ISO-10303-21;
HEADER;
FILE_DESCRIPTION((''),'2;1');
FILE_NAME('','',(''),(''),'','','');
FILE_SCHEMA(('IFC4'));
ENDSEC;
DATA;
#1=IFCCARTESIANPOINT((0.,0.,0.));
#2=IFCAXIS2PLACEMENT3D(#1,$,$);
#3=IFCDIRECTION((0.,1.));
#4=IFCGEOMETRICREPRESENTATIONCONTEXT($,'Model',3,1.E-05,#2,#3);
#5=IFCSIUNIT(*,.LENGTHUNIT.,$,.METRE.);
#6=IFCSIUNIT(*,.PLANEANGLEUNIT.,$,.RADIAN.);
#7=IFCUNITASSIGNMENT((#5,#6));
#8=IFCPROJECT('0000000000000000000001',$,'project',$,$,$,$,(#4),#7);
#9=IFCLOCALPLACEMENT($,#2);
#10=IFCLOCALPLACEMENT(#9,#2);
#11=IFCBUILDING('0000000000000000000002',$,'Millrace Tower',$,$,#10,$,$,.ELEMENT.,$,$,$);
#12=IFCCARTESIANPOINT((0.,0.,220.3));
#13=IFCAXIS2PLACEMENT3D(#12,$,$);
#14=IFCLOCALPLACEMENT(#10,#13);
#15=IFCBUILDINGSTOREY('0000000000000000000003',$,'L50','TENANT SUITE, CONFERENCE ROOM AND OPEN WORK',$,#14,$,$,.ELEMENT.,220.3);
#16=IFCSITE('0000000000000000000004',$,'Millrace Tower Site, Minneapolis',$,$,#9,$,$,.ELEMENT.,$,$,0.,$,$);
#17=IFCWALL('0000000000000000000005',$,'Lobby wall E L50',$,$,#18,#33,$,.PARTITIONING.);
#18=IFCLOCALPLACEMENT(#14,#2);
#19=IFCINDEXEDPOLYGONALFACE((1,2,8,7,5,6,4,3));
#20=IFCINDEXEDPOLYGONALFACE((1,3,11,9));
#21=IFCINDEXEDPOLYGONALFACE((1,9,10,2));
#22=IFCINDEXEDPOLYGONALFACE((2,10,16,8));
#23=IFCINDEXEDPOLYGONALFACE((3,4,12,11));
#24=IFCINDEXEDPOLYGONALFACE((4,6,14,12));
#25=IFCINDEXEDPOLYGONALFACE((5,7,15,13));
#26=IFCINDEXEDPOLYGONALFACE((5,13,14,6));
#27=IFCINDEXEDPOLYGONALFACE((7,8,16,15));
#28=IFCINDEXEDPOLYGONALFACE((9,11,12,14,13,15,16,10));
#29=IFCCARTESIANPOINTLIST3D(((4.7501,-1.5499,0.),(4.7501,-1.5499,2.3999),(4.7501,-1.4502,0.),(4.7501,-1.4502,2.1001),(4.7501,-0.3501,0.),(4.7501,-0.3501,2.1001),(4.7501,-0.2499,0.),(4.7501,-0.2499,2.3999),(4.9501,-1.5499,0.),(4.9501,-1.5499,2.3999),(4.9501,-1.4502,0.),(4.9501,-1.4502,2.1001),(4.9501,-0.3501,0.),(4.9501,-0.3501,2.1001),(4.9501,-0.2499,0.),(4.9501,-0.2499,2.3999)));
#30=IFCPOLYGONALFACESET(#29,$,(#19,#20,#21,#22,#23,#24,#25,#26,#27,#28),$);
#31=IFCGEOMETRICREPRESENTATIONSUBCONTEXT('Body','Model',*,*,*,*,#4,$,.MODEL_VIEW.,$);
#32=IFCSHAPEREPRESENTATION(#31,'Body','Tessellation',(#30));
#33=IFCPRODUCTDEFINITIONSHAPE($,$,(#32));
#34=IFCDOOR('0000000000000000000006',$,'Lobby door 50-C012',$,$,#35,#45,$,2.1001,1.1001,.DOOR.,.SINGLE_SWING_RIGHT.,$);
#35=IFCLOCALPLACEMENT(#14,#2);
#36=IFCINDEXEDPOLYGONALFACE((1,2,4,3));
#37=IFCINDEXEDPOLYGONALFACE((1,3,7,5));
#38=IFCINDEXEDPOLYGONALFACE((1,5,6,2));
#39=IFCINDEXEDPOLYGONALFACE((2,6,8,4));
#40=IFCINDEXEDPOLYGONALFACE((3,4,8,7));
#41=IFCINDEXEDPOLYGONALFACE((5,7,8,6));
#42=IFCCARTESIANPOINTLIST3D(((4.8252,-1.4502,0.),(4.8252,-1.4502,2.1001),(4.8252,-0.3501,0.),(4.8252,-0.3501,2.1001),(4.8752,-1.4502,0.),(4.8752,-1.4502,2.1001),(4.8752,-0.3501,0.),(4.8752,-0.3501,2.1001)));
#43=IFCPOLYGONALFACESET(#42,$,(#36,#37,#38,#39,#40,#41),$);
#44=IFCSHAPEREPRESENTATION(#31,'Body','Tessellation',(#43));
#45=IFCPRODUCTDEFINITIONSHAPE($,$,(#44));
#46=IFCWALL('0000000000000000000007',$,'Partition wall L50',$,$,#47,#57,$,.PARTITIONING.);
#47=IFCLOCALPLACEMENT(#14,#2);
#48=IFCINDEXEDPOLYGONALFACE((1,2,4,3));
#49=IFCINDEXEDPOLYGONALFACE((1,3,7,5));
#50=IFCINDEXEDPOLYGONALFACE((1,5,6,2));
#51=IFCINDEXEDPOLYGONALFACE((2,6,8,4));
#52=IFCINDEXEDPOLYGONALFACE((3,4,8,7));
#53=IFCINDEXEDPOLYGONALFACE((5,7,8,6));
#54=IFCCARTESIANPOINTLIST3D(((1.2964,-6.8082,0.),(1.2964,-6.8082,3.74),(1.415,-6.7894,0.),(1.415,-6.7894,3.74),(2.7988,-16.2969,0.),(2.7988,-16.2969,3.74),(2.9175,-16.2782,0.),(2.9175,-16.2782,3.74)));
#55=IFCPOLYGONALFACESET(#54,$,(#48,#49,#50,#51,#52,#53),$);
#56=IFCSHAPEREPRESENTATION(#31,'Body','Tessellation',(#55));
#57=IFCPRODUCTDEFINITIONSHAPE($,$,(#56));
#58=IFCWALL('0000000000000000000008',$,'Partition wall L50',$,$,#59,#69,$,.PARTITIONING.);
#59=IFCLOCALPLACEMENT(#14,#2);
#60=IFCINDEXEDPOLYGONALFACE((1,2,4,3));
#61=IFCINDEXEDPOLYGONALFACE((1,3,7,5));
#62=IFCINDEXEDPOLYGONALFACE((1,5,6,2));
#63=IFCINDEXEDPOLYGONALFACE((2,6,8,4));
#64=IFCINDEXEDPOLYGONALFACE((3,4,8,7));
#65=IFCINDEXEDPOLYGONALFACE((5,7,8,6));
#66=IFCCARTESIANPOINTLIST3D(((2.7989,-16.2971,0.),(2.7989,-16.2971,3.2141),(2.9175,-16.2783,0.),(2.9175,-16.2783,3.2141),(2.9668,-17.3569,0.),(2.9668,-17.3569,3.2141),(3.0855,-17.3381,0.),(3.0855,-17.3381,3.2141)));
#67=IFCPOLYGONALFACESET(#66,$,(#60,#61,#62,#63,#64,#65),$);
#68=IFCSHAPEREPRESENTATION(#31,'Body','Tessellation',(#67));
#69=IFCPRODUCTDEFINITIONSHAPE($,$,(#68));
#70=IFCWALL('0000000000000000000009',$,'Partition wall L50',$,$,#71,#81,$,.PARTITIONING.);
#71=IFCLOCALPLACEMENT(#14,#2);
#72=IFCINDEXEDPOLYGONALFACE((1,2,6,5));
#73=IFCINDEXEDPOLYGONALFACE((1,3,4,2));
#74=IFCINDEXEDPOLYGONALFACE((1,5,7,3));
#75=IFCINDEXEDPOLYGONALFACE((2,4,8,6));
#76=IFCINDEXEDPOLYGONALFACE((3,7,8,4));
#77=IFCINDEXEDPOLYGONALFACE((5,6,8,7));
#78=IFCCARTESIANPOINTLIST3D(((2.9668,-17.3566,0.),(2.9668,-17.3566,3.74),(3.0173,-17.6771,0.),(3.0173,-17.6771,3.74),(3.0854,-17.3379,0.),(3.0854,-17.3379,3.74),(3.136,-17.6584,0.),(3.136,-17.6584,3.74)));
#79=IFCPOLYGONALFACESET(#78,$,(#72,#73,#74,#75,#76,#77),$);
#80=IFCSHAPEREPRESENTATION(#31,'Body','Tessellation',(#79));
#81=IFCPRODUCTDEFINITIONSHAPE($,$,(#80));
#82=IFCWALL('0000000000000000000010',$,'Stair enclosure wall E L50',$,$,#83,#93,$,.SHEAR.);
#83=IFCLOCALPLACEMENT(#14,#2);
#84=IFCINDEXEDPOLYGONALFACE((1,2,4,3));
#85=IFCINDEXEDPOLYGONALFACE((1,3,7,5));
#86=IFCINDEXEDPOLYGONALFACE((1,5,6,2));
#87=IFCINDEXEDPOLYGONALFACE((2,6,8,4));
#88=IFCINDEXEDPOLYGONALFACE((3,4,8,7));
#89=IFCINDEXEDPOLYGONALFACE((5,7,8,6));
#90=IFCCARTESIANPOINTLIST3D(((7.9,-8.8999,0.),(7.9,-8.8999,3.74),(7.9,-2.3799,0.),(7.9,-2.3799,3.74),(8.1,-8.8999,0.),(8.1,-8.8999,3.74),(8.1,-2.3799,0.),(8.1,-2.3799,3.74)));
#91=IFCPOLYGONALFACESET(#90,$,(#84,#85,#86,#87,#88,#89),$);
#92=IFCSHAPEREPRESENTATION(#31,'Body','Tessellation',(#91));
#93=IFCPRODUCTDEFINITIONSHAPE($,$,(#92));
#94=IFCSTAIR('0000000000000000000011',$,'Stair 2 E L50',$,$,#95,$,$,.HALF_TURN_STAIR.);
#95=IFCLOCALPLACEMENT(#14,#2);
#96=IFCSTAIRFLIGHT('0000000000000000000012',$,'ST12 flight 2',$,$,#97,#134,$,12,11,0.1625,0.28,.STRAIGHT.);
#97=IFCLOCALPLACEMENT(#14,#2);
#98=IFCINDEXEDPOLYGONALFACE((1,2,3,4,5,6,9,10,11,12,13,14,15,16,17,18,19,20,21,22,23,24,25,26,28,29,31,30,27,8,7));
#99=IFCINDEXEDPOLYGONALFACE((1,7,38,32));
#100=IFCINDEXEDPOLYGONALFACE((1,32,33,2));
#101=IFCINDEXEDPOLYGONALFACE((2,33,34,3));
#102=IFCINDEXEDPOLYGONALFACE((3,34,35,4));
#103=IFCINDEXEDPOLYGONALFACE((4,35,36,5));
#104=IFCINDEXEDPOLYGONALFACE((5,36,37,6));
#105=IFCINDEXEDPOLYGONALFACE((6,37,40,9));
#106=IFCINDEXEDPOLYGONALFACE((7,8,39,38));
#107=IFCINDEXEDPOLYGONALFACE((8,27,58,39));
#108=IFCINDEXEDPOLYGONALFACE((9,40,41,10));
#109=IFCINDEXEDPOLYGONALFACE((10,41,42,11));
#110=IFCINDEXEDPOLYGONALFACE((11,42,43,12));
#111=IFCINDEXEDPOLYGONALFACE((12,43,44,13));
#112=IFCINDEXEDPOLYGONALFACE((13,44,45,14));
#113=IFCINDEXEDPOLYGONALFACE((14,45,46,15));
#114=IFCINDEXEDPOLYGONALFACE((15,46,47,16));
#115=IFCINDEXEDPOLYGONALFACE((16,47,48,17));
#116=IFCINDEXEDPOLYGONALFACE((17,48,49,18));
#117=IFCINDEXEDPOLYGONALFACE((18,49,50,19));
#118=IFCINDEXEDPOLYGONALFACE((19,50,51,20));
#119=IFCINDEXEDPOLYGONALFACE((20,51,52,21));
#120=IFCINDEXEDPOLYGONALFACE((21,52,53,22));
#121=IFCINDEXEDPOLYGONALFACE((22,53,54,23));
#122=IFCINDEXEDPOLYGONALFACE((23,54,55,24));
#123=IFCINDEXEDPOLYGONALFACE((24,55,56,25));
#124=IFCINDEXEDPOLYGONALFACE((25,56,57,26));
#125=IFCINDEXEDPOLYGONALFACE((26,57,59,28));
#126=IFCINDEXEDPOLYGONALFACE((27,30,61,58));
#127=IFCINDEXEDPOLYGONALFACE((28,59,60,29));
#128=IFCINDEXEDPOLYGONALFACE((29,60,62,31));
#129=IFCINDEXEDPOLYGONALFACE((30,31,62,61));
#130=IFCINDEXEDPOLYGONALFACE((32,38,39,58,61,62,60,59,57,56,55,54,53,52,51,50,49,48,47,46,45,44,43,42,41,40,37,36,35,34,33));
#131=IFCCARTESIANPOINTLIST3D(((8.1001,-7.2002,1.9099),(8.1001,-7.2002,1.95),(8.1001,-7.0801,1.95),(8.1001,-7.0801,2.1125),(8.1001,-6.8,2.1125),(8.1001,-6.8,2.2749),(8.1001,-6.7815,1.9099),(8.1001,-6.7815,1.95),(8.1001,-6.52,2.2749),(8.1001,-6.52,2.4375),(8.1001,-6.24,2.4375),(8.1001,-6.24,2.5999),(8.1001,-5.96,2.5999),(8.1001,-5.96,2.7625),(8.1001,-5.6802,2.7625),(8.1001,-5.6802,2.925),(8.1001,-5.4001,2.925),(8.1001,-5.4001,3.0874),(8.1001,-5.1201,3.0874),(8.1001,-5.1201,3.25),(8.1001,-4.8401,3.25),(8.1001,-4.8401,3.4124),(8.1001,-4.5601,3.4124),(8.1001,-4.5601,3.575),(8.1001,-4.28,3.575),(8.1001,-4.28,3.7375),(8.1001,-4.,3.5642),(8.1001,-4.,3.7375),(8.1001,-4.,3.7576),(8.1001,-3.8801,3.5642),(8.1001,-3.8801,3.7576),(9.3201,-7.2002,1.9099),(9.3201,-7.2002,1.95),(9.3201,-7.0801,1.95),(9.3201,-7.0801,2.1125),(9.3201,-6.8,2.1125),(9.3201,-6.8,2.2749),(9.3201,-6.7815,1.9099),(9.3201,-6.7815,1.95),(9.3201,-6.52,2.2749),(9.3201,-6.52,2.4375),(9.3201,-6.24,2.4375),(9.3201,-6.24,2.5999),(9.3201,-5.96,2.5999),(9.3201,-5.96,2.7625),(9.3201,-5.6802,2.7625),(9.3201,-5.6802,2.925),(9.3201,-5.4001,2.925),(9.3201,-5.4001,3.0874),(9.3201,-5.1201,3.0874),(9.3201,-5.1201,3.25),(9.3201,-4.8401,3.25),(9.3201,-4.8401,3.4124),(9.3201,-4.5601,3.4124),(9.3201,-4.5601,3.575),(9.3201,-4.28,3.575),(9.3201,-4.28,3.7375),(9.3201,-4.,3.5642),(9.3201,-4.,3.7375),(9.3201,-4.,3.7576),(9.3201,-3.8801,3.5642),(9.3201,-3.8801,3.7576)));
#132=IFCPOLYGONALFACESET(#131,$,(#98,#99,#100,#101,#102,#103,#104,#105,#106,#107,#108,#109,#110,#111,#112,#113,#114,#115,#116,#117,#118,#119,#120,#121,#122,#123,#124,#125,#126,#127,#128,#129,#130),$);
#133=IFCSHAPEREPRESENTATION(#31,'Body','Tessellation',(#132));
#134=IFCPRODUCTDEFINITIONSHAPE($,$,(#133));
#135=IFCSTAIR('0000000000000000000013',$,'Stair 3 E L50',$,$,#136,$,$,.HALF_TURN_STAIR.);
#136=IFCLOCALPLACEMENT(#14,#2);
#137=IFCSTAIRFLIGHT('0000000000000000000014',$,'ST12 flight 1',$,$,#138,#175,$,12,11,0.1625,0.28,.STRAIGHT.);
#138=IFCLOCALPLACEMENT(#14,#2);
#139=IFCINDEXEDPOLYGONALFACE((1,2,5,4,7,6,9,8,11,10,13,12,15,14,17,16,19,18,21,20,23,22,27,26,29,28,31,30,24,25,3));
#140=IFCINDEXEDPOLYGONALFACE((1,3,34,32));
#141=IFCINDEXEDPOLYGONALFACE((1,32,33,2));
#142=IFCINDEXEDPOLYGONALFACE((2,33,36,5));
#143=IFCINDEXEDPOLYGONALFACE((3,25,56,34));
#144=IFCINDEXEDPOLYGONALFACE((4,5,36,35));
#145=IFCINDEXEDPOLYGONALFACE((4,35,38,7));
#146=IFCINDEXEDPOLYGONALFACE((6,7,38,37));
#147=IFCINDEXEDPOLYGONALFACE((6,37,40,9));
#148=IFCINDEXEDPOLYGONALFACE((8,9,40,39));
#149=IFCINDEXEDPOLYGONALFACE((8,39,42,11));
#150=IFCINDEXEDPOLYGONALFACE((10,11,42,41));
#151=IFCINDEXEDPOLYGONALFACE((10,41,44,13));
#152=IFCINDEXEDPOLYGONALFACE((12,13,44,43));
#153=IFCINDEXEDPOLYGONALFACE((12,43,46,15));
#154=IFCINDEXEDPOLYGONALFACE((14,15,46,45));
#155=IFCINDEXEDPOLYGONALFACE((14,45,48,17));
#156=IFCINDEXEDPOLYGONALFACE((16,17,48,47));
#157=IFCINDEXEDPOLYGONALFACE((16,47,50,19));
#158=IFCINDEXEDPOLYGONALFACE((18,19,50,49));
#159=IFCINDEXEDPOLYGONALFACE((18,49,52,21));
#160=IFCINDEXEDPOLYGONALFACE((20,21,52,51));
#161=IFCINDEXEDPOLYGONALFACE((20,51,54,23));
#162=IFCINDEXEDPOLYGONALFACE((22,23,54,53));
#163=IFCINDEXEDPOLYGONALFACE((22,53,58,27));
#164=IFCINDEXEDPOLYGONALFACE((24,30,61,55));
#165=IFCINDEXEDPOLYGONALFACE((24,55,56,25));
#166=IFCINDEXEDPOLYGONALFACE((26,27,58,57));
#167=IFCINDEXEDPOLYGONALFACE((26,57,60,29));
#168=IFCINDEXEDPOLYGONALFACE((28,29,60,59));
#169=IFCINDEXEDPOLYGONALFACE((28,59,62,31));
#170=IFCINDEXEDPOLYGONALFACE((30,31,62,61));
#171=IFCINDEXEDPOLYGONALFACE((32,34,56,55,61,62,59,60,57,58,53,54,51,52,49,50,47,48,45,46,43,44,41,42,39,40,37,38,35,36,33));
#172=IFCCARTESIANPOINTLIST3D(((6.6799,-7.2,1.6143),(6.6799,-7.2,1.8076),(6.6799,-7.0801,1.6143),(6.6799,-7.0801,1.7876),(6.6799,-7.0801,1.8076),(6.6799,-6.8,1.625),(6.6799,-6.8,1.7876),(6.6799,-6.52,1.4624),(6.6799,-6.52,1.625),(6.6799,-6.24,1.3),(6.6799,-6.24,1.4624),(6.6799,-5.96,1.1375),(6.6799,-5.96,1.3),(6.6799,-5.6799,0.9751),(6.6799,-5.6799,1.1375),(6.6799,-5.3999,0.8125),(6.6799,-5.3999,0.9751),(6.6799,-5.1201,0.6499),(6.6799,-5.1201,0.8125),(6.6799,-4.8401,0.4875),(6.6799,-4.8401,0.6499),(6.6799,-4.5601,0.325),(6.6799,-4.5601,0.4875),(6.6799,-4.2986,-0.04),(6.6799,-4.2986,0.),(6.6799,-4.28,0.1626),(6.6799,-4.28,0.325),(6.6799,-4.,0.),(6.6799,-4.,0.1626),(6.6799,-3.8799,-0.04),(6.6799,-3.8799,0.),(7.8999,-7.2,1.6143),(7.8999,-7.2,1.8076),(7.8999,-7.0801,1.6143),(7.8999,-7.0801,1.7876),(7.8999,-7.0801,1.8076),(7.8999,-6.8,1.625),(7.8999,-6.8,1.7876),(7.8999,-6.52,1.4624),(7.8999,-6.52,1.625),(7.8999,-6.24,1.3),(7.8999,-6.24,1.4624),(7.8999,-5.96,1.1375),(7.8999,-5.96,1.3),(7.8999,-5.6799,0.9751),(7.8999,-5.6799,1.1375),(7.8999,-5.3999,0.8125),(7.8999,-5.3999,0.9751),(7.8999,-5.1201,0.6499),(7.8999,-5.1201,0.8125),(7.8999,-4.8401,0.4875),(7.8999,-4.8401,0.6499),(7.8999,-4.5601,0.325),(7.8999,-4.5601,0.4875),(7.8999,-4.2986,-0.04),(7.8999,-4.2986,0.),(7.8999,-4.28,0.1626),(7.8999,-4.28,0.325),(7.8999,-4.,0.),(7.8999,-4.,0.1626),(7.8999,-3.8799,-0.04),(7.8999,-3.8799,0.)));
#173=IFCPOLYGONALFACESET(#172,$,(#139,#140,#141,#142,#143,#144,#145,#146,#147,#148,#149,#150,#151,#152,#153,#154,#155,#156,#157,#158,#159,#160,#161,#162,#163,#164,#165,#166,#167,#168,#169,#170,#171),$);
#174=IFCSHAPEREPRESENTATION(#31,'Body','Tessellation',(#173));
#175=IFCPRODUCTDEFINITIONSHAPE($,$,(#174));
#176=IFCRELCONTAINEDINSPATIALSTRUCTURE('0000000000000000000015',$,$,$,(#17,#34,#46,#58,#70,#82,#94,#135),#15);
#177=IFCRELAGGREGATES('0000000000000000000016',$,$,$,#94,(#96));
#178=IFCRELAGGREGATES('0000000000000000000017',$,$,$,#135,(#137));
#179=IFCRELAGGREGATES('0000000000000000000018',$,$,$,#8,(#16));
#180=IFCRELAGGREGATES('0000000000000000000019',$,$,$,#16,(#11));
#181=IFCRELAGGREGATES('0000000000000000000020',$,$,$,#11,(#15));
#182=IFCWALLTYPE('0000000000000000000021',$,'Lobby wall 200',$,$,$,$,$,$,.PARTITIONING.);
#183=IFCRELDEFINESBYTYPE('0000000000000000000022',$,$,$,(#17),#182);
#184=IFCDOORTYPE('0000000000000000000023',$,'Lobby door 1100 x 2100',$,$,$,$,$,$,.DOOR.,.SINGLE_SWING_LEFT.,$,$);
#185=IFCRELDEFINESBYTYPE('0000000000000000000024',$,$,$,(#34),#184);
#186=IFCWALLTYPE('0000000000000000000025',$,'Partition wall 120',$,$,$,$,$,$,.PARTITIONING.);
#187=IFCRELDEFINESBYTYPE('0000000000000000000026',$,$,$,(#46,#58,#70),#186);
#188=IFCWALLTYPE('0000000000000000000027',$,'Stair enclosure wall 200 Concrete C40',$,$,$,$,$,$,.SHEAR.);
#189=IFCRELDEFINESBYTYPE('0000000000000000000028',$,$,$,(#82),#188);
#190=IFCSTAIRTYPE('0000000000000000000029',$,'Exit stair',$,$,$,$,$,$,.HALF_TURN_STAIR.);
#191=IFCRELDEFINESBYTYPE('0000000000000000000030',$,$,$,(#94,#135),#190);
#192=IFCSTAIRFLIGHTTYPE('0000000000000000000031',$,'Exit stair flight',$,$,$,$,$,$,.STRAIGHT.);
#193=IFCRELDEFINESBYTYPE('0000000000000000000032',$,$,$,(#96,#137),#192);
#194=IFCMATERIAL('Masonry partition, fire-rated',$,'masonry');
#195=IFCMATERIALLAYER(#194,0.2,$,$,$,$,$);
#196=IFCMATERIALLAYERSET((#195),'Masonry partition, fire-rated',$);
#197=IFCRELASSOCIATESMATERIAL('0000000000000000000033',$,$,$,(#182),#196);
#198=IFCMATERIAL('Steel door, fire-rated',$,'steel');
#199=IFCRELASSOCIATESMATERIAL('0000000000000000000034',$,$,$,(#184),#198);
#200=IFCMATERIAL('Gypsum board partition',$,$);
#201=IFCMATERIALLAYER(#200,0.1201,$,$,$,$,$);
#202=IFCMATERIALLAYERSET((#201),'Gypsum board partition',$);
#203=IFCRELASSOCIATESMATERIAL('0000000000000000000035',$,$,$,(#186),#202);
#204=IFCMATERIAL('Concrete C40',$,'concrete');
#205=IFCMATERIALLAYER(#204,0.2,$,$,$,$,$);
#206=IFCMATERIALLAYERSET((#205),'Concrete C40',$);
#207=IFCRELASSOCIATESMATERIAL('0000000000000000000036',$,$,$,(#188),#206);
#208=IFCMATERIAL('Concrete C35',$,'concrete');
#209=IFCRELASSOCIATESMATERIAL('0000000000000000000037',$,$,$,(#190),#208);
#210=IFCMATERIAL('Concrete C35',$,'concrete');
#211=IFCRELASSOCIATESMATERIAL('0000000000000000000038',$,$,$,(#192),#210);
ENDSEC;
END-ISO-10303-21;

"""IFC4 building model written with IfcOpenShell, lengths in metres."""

from ifc_helpers import new_model, si_unit, direction, frame, frame_2d, origin, place, context, subcontext, project, spatial, polyline, rectangle, outline, extrude, material, layer, layer_set, type_object, element, fill, aggregate, save


model = new_model("IFC4")

# Units and contexts
model_context = context("Model", 3, precision=1e-05, world=origin(), true_north=direction((0.0, 1.0)))
body_context = subcontext(model_context, "Body", "Model", "MODEL_VIEW")
ifc_project = project(units=[si_unit("LENGTHUNIT", "METRE"), si_unit("PLANEANGLEUNIT", "RADIAN")], contexts=[model_context])

# Site, building, storey
site_placement = place(None, origin())
site = spatial("IfcSite", under=ifc_project, at=site_placement, Name="Millrace Tower Site, Minneapolis", CompositionType="ELEMENT", RefElevation=0.0)
building_placement = place(site_placement, origin())
building = spatial("IfcBuilding", under=site, at=building_placement, Name="Millrace Tower", CompositionType="ELEMENT")
storey_placement = place(building_placement, frame((0.0, 0.0, 220.3)))
storey = spatial("IfcBuildingStorey", under=building, at=storey_placement, Name="L50", Description="TENANT SUITE, CONFERENCE ROOM AND OPEN WORK", CompositionType="ELEMENT", Elevation=220.3)

# Shared definitions
placement_1 = place(storey_placement, origin())

# Wall, opening, door
ifc_material_1 = material(Name="Masonry partition, fire-rated", Category="masonry")
ifc_layer_1 = layer(ifc_material_1, 0.2)
ifc_layer_set_1 = layer_set([ifc_layer_1], Name="Masonry partition, fire-rated")
wall_type_1 = type_object("IfcWallType", Name="Lobby wall 200", PredefinedType="PARTITIONING", material=ifc_layer_set_1)
wall_1_placement = place(storey_placement, frame((4.8501, -0.25, 0.0), z_axis=(0.0, 0.0, 1.0), x_axis=(0.0, -1.0, 0.0)))
wall_1 = element("IfcWall", 1, at=wall_1_placement, inside=storey, type_object=wall_type_1, Name="Lobby wall E L50", PredefinedType="PARTITIONING", context=body_context, shape_type="SweptSolid", body=[
    extrude(rectangle(XDim=1.3, YDim=0.2, at=frame_2d((0.6499, 0.0))), origin(), (0.0, 0.0, 1.0), 2.3999),
])
opening_placement = place(wall_1_placement, frame((0.1001, 0.0, 0.0)))
opening = element("IfcOpeningElement", 2, at=opening_placement, cuts=wall_1, PredefinedType="OPENING", context=body_context, shape_type="SweptSolid", body=[
    extrude(rectangle(XDim=1.1001, YDim=2.1001, at=frame_2d((0.55, 1.05))), frame((0.0, 0.1099, 0.0), z_axis=(0.0, -1.0, 0.0), x_axis=(1.0, 0.0, 0.0)), (0.0, 0.0, 1.0), 0.22),
])
ifc_material_2 = material(Name="Steel door, fire-rated", Category="steel")
door_type = type_object("IfcDoorType", Name="Lobby door 1100 x 2100", OperationType="SINGLE_SWING_LEFT", PredefinedType="DOOR", material=ifc_material_2)
door_placement = place(opening_placement, frame((1.1001, 0.0, 0.0), z_axis=(0.0, 0.0, 1.0), x_axis=(-1.0, 0.0, 0.0)))
door = element("IfcDoor", 3, at=door_placement, inside=storey, type_object=door_type, Name="Lobby door 50-C012", OperationType="SINGLE_SWING_RIGHT", OverallHeight=2.1001, OverallWidth=1.1001, PredefinedType="DOOR", context=body_context, shape_type="SweptSolid", body=[
    extrude(rectangle(XDim=1.1001, YDim=2.1001, at=frame_2d((0.55, 1.05))), frame((0.0, 0.0249, 0.0), z_axis=(0.0, -1.0, 0.0), x_axis=(1.0, 0.0, 0.0)), (0.0, 0.0, 1.0), 0.05),
])
fill(opening, door)

# Walls
ifc_material_3 = material(Name="Gypsum board partition")
ifc_layer_2 = layer(ifc_material_3, 0.1201)
ifc_layer_set_2 = layer_set([ifc_layer_2], Name="Gypsum board partition")
wall_type_2 = type_object("IfcWallType", Name="Partition wall 120", PredefinedType="PARTITIONING", material=ifc_layer_set_2)
wall_2_placement = place(storey_placement, frame((1.3557, -6.7988, 0.0), z_axis=(0.0, 0.0, 1.0), x_axis=(0.156391, -0.987695, 0.0)))
element("IfcWall", 4, at=wall_2_placement, inside=storey, type_object=wall_type_2, Name="Partition wall L50", PredefinedType="PARTITIONING", context=body_context, shape_type="SweptSolid", body=[
    extrude(rectangle(XDim=9.6069, YDim=0.1201, at=frame_2d((4.8035, 0.0))), origin(), (0.0, 0.0, 1.0), 3.74),
])
wall_3_placement = place(storey_placement, frame((2.8582, -16.2876, 0.0), z_axis=(0.0, 0.0, 1.0), x_axis=(0.156535, -0.987672, 0.0)))
element("IfcWall", 5, at=wall_3_placement, inside=storey, type_object=wall_type_2, Name="Partition wall L50", PredefinedType="PARTITIONING", context=body_context, shape_type="SweptSolid", body=[
    extrude(rectangle(XDim=1.073, YDim=0.1201, at=frame_2d((0.5366, 0.0))), origin(), (0.0, 0.0, 1.0), 3.2141),
])
wall_4_placement = place(storey_placement, frame((3.0261, -17.3474, 0.0), z_axis=(0.0, 0.0, 1.0), x_axis=(0.155731, -0.9878, 0.0)))
element("IfcWall", 6, at=wall_4_placement, inside=storey, type_object=wall_type_2, Name="Partition wall L50", PredefinedType="PARTITIONING", context=body_context, shape_type="SweptSolid", body=[
    extrude(rectangle(XDim=0.3245, YDim=0.1201, at=frame_2d((0.1621, 0.0))), origin(), (0.0, 0.0, 1.0), 3.74),
])
ifc_material_4 = material(Name="Concrete C40", Category="concrete")
ifc_layer_3 = layer(ifc_material_4, 0.2)
ifc_layer_set_3 = layer_set([ifc_layer_3], Name="Concrete C40")
wall_type_3 = type_object("IfcWallType", Name="Stair enclosure wall 200 Concrete C40", PredefinedType="SHEAR", material=ifc_layer_set_3)
wall_5_placement = place(storey_placement, frame((8.0, -2.3799, 0.0), z_axis=(0.0, 0.0, 1.0), x_axis=(0.0, -1.0, 0.0)))
element("IfcWall", 7, at=wall_5_placement, inside=storey, type_object=wall_type_3, Name="Stair enclosure wall E L50", PredefinedType="SHEAR", context=body_context, shape_type="SweptSolid", body=[
    extrude(rectangle(XDim=6.52, YDim=0.2, at=frame_2d((3.26, 0.0))), origin(), (0.0, 0.0, 1.0), 3.74),
])

# Stair, stair flight
ifc_material_5 = material(Name="Concrete C35", Category="concrete")
stair_type = type_object("IfcStairType", Name="Exit stair", PredefinedType="HALF_TURN_STAIR", material=ifc_material_5)
stair_1 = element("IfcStair", 8, at=placement_1, inside=storey, type_object=stair_type, Name="Stair 2 E L50", PredefinedType="HALF_TURN_STAIR")
ifc_material_6 = material(Name="Concrete C35", Category="concrete")
stair_flight_type = type_object("IfcStairFlightType", Name="Exit stair flight", PredefinedType="STRAIGHT", material=ifc_material_6)
stair_flight_1_placement = place(storey_placement, frame((8.71, -7.0801, 1.95), z_axis=(0.0, 0.0, 1.0), x_axis=(0.0, 1.0, 0.0)))
stair_flight_1 = element("IfcStairFlight", 9, at=stair_flight_1_placement, type_object=stair_flight_type, Name="ST12 flight 2", NumberOfRisers=12, NumberOfTreads=11, PredefinedType="STRAIGHT", RiserHeight=0.1625, TreadLength=0.28, context=body_context, shape_type="SweptSolid", body=[
    extrude(outline(polyline([(-0.1201, -0.04), (-0.1201, 0.0), (0.0, 0.0), (0.0, 0.1626), (0.28, 0.1626), (0.28, 0.325), (0.5601, 0.325), (0.5601, 0.4875), (0.8401, 0.4875), (0.8401, 0.6499), (1.1201, 0.6499), (1.1201, 0.8125), (1.3999, 0.8125), (1.3999, 0.9751), (1.6799, 0.9751), (1.6799, 1.1375), (1.96, 1.1375), (1.96, 1.3), (2.24, 1.3), (2.24, 1.4624), (2.52, 1.4624), (2.52, 1.625), (2.8, 1.625), (2.8, 1.7876), (3.0801, 1.7876), (3.0801, 1.8076), (3.2, 1.8076), (3.2, 1.6143), (3.0801, 1.6143), (0.2986, 0.0), (0.2986, -0.04), (-0.1201, -0.04)])), frame((0.0, 0.6099, 0.0), z_axis=(0.0, -1.0, 0.0), x_axis=(1.0, 0.0, 0.0)), (0.0, 0.0, 1.0), 1.22),
])
aggregate(stair_1, [stair_flight_1])

# Stair, stair flight
stair_2 = element("IfcStair", 10, at=placement_1, inside=storey, type_object=stair_type, Name="Stair 3 E L50", PredefinedType="HALF_TURN_STAIR")
stair_flight_2_placement = place(storey_placement, frame((7.29, -4.0, 0.0), z_axis=(0.0, 0.0, 1.0), x_axis=(0.0, -1.0, 0.0)))
stair_flight_2 = element("IfcStairFlight", 11, at=stair_flight_2_placement, type_object=stair_flight_type, Name="ST12 flight 1", NumberOfRisers=12, NumberOfTreads=11, PredefinedType="STRAIGHT", RiserHeight=0.1625, TreadLength=0.28, context=body_context, shape_type="SweptSolid", body=[
    extrude(outline(polyline([(-0.1201, -0.04), (-0.1201, 0.0), (0.0, 0.0), (0.0, 0.1626), (0.28, 0.1626), (0.28, 0.325), (0.5601, 0.325), (0.5601, 0.4875), (0.8401, 0.4875), (0.8401, 0.6499), (1.1201, 0.6499), (1.1201, 0.8125), (1.3999, 0.8125), (1.3999, 0.9751), (1.6799, 0.9751), (1.6799, 1.1375), (1.96, 1.1375), (1.96, 1.3), (2.24, 1.3), (2.24, 1.4624), (2.52, 1.4624), (2.52, 1.625), (2.8, 1.625), (2.8, 1.7876), (3.0801, 1.7876), (3.0801, 1.8076), (3.2, 1.8076), (3.2, 1.6143), (3.0801, 1.6143), (0.2986, 0.0), (0.2986, -0.04), (-0.1201, -0.04)])), frame((0.0, 0.6099, 0.0), z_axis=(0.0, -1.0, 0.0), x_axis=(1.0, 0.0, 0.0)), (0.0, 0.0, 1.0), 1.22),
])
aggregate(stair_2, [stair_flight_2])

save(model, "model.ifc")
